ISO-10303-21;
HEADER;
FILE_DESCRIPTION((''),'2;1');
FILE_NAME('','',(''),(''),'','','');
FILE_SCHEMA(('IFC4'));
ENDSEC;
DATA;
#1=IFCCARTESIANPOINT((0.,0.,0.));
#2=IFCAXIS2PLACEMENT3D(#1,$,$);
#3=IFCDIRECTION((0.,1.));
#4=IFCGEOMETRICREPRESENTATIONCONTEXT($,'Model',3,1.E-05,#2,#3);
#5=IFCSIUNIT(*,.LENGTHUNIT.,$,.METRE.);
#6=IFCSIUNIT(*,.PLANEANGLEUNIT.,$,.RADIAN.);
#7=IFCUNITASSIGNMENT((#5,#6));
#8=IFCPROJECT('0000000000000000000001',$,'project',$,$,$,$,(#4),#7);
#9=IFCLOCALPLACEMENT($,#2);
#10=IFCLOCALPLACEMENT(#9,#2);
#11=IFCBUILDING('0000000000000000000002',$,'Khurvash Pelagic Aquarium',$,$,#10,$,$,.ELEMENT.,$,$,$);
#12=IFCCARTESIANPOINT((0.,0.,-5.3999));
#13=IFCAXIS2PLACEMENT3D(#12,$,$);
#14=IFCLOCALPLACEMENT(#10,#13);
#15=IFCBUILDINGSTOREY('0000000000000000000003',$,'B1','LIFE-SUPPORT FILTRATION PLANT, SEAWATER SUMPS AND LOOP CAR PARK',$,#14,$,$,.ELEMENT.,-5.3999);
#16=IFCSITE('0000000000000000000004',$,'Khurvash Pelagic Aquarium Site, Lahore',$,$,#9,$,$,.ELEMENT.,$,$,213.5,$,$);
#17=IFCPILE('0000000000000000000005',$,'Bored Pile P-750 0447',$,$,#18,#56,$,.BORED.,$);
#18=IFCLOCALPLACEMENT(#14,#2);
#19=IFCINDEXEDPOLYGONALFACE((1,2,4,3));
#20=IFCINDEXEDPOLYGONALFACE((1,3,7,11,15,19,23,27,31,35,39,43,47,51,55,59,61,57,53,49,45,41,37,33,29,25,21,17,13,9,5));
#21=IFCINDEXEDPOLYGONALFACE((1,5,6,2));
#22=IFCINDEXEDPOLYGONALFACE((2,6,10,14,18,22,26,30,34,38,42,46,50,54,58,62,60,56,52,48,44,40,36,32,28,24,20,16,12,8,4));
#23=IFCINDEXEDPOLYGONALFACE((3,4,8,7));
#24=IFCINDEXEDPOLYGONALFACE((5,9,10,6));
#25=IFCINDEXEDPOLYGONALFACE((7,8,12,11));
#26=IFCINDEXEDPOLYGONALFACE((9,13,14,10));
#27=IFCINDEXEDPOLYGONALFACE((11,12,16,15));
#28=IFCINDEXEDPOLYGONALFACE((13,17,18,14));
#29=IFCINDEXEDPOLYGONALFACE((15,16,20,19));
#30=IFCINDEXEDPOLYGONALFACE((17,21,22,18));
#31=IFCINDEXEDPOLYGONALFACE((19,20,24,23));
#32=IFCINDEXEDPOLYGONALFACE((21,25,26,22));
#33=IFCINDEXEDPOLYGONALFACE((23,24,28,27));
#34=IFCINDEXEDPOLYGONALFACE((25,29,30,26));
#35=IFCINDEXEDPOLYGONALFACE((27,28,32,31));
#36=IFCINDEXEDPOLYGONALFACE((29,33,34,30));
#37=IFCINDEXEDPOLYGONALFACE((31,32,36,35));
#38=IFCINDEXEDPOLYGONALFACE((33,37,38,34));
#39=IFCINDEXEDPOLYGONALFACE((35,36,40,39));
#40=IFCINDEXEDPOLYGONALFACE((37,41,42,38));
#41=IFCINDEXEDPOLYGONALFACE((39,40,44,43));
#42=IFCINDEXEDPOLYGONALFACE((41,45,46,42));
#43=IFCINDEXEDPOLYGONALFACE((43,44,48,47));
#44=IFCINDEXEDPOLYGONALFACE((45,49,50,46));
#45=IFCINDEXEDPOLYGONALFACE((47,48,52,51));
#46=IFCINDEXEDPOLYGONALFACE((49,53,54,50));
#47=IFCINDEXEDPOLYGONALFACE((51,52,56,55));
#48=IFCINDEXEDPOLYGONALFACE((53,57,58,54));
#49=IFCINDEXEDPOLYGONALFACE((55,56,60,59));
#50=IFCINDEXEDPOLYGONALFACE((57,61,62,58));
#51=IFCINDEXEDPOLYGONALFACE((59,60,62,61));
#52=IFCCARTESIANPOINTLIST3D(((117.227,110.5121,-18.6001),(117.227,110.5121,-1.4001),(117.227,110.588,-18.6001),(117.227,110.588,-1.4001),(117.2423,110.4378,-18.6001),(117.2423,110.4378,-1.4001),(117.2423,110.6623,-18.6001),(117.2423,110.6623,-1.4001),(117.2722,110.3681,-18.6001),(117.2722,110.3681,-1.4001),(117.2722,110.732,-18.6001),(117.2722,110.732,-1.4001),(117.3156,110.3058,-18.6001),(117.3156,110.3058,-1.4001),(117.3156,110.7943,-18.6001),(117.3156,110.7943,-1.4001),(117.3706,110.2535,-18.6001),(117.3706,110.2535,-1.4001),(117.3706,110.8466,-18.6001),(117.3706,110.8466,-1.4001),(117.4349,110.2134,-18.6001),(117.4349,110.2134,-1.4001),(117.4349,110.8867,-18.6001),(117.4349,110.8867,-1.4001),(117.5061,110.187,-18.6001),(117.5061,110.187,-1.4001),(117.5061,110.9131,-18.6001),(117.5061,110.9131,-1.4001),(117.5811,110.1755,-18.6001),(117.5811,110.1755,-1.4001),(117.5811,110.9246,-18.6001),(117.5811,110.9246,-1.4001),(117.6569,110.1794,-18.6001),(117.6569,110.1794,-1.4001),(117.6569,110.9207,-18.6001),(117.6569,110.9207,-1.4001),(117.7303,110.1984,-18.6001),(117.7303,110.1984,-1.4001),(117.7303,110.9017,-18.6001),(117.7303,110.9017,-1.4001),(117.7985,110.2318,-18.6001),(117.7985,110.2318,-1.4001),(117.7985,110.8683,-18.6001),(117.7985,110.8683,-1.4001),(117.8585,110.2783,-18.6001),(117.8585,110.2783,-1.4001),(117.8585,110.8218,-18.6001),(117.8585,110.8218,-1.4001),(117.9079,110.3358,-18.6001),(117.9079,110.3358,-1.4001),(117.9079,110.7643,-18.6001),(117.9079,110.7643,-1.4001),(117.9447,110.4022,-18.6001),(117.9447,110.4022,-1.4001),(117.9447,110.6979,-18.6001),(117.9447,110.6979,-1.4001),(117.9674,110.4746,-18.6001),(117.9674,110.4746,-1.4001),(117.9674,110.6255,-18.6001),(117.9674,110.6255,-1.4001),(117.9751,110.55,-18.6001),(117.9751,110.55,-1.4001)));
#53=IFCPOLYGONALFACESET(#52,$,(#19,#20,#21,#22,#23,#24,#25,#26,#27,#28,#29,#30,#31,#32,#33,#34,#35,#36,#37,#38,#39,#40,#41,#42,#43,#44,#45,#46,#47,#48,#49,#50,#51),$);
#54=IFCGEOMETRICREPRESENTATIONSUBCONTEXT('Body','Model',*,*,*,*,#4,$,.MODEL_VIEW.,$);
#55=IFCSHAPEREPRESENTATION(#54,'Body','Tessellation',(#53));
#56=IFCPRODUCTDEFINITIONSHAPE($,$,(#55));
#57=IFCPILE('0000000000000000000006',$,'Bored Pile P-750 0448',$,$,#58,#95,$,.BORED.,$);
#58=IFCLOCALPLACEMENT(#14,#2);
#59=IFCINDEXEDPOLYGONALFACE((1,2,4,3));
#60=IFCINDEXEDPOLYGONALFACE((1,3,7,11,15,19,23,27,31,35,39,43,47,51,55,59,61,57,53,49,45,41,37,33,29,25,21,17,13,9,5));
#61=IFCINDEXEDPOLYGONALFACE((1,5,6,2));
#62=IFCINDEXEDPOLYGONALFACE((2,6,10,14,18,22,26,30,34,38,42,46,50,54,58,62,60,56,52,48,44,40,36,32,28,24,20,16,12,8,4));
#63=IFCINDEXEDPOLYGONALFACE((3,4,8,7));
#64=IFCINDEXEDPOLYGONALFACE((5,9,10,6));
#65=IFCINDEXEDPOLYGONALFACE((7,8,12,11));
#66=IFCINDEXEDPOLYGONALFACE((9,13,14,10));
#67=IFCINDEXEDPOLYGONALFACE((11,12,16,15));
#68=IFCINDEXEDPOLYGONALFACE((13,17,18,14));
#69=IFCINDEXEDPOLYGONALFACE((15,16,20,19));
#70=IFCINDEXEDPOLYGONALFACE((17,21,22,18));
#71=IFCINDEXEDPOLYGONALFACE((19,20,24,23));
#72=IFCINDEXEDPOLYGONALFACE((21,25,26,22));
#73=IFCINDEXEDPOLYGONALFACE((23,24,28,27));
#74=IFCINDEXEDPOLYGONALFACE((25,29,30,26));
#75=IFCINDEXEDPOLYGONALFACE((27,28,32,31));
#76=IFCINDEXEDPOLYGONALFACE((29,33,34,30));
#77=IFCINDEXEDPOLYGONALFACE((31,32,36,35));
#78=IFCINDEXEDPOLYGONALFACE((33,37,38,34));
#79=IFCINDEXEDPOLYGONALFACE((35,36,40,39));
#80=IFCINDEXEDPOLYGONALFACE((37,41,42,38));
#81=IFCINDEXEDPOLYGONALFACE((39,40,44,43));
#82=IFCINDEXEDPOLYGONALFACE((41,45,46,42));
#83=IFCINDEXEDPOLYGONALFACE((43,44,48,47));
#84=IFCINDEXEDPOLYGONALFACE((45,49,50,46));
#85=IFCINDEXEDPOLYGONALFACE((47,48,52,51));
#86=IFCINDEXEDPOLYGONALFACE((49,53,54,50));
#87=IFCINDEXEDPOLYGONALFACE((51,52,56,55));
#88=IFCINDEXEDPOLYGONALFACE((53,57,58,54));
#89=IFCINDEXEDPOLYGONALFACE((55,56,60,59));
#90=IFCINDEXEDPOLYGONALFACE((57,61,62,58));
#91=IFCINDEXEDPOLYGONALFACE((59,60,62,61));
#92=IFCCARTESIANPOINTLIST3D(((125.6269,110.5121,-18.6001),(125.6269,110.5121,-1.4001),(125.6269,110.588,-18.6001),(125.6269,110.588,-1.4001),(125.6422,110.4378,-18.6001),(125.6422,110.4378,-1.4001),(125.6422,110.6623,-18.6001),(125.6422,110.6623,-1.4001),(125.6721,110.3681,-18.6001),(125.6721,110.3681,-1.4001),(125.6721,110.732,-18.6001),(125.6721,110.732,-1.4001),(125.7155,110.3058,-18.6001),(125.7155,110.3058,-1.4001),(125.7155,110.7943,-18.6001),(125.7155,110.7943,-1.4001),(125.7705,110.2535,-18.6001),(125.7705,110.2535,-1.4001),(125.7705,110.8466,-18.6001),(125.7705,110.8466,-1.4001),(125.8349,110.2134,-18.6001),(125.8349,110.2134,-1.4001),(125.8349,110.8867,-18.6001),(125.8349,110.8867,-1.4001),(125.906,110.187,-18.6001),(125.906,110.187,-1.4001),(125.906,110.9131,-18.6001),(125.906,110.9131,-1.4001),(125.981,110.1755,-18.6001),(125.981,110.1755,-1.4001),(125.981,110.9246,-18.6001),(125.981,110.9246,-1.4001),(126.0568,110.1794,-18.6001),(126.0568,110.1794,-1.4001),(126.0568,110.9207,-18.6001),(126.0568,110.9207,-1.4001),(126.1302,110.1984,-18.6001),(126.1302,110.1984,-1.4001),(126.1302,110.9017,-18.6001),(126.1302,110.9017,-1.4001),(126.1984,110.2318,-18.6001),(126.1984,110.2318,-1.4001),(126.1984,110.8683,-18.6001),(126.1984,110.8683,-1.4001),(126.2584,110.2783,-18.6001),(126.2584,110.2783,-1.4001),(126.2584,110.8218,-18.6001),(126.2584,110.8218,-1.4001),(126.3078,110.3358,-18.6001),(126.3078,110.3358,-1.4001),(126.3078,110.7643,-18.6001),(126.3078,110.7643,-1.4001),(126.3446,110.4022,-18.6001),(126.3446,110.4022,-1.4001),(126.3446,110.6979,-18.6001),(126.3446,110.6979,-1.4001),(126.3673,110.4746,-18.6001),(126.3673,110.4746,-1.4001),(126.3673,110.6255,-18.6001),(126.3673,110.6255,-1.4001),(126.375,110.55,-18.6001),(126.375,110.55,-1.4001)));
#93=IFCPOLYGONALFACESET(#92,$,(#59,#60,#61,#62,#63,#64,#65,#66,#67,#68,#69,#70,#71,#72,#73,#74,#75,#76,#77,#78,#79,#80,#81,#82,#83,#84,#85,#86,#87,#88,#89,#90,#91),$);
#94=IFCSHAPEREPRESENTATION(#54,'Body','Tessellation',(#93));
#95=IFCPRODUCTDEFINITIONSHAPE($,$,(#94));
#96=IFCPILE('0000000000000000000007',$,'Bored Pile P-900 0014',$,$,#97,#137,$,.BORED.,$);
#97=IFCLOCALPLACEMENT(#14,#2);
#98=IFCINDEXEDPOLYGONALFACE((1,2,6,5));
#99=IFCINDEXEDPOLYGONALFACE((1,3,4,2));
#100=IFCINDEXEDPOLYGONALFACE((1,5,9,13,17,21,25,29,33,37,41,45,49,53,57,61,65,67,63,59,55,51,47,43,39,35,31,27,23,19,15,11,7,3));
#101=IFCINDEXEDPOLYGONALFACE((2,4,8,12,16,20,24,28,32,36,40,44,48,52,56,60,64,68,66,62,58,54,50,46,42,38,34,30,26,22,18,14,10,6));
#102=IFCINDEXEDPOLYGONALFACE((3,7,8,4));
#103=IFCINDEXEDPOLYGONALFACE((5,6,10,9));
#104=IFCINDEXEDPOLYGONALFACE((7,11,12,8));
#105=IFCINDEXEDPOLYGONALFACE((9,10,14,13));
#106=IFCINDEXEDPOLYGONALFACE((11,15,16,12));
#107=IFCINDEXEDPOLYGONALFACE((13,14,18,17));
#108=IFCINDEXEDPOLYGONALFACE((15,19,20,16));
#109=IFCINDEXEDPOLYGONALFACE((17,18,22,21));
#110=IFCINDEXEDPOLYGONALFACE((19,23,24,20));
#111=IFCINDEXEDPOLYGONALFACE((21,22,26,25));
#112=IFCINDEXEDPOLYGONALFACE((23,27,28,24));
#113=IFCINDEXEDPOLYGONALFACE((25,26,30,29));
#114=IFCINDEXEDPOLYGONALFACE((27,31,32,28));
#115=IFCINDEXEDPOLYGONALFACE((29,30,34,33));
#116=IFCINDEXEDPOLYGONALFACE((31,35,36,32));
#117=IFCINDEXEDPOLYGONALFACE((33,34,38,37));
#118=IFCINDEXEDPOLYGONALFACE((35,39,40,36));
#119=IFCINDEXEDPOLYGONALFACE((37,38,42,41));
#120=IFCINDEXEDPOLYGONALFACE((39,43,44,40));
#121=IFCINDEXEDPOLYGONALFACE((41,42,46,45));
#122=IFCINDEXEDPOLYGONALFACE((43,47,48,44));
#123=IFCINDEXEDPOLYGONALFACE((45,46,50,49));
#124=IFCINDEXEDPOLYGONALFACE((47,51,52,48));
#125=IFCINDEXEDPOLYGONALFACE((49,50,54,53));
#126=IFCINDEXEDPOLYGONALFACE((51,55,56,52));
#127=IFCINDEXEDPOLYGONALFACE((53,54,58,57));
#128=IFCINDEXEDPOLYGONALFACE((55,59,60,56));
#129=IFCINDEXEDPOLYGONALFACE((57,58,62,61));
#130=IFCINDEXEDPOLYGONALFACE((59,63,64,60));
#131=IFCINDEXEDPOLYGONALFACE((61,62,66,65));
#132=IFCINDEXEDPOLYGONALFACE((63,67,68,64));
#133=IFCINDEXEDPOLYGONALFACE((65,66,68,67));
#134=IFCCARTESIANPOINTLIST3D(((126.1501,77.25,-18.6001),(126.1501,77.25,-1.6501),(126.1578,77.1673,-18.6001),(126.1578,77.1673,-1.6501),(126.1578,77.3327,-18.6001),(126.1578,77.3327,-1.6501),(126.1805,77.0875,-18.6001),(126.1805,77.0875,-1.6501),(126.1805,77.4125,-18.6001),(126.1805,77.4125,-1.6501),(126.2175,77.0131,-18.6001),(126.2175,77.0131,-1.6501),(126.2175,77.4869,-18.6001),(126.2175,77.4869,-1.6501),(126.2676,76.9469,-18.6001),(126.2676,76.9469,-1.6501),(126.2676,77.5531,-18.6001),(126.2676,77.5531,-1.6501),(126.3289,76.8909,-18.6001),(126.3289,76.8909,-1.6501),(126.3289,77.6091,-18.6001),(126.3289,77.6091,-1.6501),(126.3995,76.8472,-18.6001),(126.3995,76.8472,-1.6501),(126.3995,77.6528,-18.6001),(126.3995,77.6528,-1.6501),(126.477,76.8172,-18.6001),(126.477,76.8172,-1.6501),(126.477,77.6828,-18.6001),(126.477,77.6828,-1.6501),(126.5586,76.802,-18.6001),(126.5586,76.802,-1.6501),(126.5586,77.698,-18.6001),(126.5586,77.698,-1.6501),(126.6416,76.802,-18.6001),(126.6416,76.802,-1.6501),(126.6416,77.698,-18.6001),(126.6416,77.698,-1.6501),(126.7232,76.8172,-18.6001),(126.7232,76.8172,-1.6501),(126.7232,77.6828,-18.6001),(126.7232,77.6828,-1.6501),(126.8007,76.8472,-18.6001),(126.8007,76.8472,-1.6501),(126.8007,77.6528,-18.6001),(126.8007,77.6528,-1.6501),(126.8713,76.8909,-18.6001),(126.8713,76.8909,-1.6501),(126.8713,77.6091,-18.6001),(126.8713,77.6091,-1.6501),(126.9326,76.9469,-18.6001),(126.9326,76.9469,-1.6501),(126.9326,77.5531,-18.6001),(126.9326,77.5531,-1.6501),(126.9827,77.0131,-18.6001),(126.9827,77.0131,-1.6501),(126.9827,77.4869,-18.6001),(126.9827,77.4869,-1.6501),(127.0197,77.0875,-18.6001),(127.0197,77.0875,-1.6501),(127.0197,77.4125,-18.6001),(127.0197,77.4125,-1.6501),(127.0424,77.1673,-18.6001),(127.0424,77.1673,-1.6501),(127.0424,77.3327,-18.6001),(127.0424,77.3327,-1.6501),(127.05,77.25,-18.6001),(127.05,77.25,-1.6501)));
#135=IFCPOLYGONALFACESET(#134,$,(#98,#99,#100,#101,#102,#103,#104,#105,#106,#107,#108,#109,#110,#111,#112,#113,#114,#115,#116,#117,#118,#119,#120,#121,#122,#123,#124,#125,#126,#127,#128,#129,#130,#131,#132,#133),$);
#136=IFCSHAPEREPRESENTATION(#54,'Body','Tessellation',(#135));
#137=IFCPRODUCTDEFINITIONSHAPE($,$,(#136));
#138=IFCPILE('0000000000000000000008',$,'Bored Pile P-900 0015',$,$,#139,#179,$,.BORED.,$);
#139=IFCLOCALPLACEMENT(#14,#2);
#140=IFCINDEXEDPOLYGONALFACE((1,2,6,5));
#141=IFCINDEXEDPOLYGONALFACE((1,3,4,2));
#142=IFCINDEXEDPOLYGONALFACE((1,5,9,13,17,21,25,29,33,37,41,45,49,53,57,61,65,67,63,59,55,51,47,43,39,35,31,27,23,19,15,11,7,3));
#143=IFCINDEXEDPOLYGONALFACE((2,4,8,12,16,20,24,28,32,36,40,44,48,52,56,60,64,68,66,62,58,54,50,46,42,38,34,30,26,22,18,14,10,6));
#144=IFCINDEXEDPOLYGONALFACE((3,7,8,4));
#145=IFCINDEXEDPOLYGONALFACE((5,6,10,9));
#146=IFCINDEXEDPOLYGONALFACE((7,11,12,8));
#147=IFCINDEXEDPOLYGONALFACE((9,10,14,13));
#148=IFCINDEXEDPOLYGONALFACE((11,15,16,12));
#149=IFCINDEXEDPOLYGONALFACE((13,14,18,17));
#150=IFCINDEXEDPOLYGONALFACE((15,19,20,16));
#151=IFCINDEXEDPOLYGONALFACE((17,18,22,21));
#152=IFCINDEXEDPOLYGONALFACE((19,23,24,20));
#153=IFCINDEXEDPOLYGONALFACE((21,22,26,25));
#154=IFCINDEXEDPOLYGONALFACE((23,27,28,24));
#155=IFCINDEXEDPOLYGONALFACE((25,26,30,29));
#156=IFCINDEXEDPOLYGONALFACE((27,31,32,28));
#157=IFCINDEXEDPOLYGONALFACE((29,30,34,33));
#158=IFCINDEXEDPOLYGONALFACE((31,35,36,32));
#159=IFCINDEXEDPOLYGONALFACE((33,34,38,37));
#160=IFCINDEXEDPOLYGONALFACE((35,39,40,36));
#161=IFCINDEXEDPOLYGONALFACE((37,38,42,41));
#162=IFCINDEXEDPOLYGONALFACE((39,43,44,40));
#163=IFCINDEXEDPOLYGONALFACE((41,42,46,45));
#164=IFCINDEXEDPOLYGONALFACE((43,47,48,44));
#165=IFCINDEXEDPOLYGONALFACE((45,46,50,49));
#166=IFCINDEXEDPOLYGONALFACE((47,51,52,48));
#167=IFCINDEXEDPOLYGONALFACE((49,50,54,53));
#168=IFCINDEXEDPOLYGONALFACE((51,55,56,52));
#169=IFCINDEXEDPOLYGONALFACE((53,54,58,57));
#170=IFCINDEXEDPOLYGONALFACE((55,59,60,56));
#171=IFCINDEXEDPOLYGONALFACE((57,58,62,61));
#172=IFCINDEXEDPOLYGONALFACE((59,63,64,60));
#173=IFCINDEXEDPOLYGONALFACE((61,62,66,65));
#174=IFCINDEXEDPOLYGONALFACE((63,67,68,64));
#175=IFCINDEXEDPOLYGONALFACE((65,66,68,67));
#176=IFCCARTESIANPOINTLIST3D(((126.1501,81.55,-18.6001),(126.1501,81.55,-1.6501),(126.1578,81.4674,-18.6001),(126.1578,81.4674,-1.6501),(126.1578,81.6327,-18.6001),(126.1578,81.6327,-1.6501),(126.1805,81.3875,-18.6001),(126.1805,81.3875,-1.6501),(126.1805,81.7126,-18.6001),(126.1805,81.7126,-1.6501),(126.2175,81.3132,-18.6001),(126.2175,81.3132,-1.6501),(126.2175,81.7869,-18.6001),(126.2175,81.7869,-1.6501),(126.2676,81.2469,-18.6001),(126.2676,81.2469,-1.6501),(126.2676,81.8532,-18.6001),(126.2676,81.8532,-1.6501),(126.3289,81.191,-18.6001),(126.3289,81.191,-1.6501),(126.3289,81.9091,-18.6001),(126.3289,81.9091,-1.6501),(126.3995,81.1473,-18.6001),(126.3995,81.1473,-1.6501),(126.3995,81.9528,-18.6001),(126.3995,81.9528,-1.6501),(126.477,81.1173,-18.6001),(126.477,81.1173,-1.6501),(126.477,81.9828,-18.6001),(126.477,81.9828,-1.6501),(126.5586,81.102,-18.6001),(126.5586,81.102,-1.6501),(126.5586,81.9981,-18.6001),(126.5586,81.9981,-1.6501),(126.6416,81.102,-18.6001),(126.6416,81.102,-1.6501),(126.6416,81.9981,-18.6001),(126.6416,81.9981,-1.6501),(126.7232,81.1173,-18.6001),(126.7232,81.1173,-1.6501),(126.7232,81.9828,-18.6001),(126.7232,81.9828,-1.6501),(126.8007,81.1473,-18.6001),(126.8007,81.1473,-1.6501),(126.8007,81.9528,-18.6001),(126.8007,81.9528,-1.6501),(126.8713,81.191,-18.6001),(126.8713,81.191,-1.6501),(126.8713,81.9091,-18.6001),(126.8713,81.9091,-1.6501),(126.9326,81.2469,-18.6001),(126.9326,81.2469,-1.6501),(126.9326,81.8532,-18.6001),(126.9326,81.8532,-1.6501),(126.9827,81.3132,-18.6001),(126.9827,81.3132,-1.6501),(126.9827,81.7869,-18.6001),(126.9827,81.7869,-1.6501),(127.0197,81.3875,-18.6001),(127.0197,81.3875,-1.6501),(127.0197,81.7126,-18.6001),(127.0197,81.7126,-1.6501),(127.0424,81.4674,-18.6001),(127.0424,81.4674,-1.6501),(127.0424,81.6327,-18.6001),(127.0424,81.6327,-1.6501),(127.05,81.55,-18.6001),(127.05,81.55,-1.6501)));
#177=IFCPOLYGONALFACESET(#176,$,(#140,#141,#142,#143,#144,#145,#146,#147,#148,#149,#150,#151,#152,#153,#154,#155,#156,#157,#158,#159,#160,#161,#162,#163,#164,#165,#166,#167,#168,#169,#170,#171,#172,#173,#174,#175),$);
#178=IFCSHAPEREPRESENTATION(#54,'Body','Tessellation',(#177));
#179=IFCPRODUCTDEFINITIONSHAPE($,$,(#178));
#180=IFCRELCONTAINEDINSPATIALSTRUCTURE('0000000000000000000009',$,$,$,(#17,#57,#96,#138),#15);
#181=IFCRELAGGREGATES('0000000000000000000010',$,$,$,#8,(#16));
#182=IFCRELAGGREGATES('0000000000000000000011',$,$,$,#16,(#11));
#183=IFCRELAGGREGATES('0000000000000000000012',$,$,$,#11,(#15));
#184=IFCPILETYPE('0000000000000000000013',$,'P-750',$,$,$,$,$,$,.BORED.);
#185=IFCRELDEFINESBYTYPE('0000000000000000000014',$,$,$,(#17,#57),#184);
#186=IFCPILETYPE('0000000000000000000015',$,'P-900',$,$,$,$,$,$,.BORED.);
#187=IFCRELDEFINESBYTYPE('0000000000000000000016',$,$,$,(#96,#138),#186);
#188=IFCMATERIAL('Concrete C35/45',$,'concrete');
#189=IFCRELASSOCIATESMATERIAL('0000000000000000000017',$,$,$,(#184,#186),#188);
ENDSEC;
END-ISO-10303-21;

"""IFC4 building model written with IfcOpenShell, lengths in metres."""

from ifc_helpers import new_model, si_unit, direction, frame, origin, origin_2d, place, context, subcontext, project, spatial, circle, extrude, material, material_profile, profile_set, type_object, element, save


model = new_model("IFC4")

# Units and contexts
model_context = context("Model", 3, precision=1e-05, world=origin(), true_north=direction((0.0, 1.0)))
body_context = subcontext(model_context, "Body", "Model", "MODEL_VIEW")
ifc_project = project(units=[si_unit("LENGTHUNIT", "METRE"), si_unit("PLANEANGLEUNIT", "RADIAN")], contexts=[model_context])

# Site, building, storey
site_placement = place(None, origin())
site = spatial("IfcSite", under=ifc_project, at=site_placement, Name="Khurvash Pelagic Aquarium Site, Lahore", CompositionType="ELEMENT", RefElevation=213.5)
building_placement = place(site_placement, origin())
building = spatial("IfcBuilding", under=site, at=building_placement, Name="Khurvash Pelagic Aquarium", CompositionType="ELEMENT")
storey_placement = place(building_placement, frame((0.0, 0.0, -5.3999)))
storey = spatial("IfcBuildingStorey", under=building, at=storey_placement, Name="B1", Description="LIFE-SUPPORT FILTRATION PLANT, SEAWATER SUMPS AND LOOP CAR PARK", CompositionType="ELEMENT", Elevation=-5.3999)

# Shared definitions
ifc_material_1 = material(Name="Concrete C35/45", Category="concrete")

# Piles
ifc_material_profile_1 = material_profile(ifc_material_1, circle(Radius=0.375, at=origin_2d()), Name="PILE750")
ifc_profile_set_1 = profile_set([ifc_material_profile_1], Name="Concrete C35/45")
pile_type_1 = type_object("IfcPileType", Name="P-750", PredefinedType="BORED", material=ifc_profile_set_1)
for number, where, z_axis, x_axis, name in (
    (1, (117.6001, 110.55, -1.4001), (0.0, 0.0, -1.0), (1.0, 0.0, 0.0), "Bored Pile P-750 0447"),
    (2, (126.0, 110.55, -1.4001), (0.0, 0.0, -1.0), (1.0, 0.0, 0.0), "Bored Pile P-750 0448"),
):
    element("IfcPile", number, at=place(storey_placement, frame(where, z_axis=z_axis, x_axis=x_axis)), inside=storey, type_object=pile_type_1, Name=name, PredefinedType="BORED", context=body_context, shape_type="SweptSolid", body=[
        extrude(circle(Radius=0.375, at=origin_2d()), origin(), (0.0, 0.0, 1.0), 17.2),
    ])
ifc_material_profile_2 = material_profile(ifc_material_1, circle(Radius=0.45, at=origin_2d()), Name="PILE900")
ifc_profile_set_2 = profile_set([ifc_material_profile_2], Name="Concrete C35/45")
pile_type_2 = type_object("IfcPileType", Name="P-900", PredefinedType="BORED", material=ifc_profile_set_2)
for number, where, z_axis, x_axis, name in (
    (3, (126.6001, 77.25, -1.6501), (0.0, 0.0, -1.0), (1.0, 0.0, 0.0), "Bored Pile P-900 0014"),
    (4, (126.6001, 81.55, -1.6501), (0.0, 0.0, -1.0), (1.0, 0.0, 0.0), "Bored Pile P-900 0015"),
):
    element("IfcPile", number, at=place(storey_placement, frame(where, z_axis=z_axis, x_axis=x_axis)), inside=storey, type_object=pile_type_2, Name=name, PredefinedType="BORED", context=body_context, shape_type="SweptSolid", body=[
        extrude(circle(Radius=0.45, at=origin_2d()), origin(), (0.0, 0.0, 1.0), 16.95),
    ])

save(model, "model.ifc")
